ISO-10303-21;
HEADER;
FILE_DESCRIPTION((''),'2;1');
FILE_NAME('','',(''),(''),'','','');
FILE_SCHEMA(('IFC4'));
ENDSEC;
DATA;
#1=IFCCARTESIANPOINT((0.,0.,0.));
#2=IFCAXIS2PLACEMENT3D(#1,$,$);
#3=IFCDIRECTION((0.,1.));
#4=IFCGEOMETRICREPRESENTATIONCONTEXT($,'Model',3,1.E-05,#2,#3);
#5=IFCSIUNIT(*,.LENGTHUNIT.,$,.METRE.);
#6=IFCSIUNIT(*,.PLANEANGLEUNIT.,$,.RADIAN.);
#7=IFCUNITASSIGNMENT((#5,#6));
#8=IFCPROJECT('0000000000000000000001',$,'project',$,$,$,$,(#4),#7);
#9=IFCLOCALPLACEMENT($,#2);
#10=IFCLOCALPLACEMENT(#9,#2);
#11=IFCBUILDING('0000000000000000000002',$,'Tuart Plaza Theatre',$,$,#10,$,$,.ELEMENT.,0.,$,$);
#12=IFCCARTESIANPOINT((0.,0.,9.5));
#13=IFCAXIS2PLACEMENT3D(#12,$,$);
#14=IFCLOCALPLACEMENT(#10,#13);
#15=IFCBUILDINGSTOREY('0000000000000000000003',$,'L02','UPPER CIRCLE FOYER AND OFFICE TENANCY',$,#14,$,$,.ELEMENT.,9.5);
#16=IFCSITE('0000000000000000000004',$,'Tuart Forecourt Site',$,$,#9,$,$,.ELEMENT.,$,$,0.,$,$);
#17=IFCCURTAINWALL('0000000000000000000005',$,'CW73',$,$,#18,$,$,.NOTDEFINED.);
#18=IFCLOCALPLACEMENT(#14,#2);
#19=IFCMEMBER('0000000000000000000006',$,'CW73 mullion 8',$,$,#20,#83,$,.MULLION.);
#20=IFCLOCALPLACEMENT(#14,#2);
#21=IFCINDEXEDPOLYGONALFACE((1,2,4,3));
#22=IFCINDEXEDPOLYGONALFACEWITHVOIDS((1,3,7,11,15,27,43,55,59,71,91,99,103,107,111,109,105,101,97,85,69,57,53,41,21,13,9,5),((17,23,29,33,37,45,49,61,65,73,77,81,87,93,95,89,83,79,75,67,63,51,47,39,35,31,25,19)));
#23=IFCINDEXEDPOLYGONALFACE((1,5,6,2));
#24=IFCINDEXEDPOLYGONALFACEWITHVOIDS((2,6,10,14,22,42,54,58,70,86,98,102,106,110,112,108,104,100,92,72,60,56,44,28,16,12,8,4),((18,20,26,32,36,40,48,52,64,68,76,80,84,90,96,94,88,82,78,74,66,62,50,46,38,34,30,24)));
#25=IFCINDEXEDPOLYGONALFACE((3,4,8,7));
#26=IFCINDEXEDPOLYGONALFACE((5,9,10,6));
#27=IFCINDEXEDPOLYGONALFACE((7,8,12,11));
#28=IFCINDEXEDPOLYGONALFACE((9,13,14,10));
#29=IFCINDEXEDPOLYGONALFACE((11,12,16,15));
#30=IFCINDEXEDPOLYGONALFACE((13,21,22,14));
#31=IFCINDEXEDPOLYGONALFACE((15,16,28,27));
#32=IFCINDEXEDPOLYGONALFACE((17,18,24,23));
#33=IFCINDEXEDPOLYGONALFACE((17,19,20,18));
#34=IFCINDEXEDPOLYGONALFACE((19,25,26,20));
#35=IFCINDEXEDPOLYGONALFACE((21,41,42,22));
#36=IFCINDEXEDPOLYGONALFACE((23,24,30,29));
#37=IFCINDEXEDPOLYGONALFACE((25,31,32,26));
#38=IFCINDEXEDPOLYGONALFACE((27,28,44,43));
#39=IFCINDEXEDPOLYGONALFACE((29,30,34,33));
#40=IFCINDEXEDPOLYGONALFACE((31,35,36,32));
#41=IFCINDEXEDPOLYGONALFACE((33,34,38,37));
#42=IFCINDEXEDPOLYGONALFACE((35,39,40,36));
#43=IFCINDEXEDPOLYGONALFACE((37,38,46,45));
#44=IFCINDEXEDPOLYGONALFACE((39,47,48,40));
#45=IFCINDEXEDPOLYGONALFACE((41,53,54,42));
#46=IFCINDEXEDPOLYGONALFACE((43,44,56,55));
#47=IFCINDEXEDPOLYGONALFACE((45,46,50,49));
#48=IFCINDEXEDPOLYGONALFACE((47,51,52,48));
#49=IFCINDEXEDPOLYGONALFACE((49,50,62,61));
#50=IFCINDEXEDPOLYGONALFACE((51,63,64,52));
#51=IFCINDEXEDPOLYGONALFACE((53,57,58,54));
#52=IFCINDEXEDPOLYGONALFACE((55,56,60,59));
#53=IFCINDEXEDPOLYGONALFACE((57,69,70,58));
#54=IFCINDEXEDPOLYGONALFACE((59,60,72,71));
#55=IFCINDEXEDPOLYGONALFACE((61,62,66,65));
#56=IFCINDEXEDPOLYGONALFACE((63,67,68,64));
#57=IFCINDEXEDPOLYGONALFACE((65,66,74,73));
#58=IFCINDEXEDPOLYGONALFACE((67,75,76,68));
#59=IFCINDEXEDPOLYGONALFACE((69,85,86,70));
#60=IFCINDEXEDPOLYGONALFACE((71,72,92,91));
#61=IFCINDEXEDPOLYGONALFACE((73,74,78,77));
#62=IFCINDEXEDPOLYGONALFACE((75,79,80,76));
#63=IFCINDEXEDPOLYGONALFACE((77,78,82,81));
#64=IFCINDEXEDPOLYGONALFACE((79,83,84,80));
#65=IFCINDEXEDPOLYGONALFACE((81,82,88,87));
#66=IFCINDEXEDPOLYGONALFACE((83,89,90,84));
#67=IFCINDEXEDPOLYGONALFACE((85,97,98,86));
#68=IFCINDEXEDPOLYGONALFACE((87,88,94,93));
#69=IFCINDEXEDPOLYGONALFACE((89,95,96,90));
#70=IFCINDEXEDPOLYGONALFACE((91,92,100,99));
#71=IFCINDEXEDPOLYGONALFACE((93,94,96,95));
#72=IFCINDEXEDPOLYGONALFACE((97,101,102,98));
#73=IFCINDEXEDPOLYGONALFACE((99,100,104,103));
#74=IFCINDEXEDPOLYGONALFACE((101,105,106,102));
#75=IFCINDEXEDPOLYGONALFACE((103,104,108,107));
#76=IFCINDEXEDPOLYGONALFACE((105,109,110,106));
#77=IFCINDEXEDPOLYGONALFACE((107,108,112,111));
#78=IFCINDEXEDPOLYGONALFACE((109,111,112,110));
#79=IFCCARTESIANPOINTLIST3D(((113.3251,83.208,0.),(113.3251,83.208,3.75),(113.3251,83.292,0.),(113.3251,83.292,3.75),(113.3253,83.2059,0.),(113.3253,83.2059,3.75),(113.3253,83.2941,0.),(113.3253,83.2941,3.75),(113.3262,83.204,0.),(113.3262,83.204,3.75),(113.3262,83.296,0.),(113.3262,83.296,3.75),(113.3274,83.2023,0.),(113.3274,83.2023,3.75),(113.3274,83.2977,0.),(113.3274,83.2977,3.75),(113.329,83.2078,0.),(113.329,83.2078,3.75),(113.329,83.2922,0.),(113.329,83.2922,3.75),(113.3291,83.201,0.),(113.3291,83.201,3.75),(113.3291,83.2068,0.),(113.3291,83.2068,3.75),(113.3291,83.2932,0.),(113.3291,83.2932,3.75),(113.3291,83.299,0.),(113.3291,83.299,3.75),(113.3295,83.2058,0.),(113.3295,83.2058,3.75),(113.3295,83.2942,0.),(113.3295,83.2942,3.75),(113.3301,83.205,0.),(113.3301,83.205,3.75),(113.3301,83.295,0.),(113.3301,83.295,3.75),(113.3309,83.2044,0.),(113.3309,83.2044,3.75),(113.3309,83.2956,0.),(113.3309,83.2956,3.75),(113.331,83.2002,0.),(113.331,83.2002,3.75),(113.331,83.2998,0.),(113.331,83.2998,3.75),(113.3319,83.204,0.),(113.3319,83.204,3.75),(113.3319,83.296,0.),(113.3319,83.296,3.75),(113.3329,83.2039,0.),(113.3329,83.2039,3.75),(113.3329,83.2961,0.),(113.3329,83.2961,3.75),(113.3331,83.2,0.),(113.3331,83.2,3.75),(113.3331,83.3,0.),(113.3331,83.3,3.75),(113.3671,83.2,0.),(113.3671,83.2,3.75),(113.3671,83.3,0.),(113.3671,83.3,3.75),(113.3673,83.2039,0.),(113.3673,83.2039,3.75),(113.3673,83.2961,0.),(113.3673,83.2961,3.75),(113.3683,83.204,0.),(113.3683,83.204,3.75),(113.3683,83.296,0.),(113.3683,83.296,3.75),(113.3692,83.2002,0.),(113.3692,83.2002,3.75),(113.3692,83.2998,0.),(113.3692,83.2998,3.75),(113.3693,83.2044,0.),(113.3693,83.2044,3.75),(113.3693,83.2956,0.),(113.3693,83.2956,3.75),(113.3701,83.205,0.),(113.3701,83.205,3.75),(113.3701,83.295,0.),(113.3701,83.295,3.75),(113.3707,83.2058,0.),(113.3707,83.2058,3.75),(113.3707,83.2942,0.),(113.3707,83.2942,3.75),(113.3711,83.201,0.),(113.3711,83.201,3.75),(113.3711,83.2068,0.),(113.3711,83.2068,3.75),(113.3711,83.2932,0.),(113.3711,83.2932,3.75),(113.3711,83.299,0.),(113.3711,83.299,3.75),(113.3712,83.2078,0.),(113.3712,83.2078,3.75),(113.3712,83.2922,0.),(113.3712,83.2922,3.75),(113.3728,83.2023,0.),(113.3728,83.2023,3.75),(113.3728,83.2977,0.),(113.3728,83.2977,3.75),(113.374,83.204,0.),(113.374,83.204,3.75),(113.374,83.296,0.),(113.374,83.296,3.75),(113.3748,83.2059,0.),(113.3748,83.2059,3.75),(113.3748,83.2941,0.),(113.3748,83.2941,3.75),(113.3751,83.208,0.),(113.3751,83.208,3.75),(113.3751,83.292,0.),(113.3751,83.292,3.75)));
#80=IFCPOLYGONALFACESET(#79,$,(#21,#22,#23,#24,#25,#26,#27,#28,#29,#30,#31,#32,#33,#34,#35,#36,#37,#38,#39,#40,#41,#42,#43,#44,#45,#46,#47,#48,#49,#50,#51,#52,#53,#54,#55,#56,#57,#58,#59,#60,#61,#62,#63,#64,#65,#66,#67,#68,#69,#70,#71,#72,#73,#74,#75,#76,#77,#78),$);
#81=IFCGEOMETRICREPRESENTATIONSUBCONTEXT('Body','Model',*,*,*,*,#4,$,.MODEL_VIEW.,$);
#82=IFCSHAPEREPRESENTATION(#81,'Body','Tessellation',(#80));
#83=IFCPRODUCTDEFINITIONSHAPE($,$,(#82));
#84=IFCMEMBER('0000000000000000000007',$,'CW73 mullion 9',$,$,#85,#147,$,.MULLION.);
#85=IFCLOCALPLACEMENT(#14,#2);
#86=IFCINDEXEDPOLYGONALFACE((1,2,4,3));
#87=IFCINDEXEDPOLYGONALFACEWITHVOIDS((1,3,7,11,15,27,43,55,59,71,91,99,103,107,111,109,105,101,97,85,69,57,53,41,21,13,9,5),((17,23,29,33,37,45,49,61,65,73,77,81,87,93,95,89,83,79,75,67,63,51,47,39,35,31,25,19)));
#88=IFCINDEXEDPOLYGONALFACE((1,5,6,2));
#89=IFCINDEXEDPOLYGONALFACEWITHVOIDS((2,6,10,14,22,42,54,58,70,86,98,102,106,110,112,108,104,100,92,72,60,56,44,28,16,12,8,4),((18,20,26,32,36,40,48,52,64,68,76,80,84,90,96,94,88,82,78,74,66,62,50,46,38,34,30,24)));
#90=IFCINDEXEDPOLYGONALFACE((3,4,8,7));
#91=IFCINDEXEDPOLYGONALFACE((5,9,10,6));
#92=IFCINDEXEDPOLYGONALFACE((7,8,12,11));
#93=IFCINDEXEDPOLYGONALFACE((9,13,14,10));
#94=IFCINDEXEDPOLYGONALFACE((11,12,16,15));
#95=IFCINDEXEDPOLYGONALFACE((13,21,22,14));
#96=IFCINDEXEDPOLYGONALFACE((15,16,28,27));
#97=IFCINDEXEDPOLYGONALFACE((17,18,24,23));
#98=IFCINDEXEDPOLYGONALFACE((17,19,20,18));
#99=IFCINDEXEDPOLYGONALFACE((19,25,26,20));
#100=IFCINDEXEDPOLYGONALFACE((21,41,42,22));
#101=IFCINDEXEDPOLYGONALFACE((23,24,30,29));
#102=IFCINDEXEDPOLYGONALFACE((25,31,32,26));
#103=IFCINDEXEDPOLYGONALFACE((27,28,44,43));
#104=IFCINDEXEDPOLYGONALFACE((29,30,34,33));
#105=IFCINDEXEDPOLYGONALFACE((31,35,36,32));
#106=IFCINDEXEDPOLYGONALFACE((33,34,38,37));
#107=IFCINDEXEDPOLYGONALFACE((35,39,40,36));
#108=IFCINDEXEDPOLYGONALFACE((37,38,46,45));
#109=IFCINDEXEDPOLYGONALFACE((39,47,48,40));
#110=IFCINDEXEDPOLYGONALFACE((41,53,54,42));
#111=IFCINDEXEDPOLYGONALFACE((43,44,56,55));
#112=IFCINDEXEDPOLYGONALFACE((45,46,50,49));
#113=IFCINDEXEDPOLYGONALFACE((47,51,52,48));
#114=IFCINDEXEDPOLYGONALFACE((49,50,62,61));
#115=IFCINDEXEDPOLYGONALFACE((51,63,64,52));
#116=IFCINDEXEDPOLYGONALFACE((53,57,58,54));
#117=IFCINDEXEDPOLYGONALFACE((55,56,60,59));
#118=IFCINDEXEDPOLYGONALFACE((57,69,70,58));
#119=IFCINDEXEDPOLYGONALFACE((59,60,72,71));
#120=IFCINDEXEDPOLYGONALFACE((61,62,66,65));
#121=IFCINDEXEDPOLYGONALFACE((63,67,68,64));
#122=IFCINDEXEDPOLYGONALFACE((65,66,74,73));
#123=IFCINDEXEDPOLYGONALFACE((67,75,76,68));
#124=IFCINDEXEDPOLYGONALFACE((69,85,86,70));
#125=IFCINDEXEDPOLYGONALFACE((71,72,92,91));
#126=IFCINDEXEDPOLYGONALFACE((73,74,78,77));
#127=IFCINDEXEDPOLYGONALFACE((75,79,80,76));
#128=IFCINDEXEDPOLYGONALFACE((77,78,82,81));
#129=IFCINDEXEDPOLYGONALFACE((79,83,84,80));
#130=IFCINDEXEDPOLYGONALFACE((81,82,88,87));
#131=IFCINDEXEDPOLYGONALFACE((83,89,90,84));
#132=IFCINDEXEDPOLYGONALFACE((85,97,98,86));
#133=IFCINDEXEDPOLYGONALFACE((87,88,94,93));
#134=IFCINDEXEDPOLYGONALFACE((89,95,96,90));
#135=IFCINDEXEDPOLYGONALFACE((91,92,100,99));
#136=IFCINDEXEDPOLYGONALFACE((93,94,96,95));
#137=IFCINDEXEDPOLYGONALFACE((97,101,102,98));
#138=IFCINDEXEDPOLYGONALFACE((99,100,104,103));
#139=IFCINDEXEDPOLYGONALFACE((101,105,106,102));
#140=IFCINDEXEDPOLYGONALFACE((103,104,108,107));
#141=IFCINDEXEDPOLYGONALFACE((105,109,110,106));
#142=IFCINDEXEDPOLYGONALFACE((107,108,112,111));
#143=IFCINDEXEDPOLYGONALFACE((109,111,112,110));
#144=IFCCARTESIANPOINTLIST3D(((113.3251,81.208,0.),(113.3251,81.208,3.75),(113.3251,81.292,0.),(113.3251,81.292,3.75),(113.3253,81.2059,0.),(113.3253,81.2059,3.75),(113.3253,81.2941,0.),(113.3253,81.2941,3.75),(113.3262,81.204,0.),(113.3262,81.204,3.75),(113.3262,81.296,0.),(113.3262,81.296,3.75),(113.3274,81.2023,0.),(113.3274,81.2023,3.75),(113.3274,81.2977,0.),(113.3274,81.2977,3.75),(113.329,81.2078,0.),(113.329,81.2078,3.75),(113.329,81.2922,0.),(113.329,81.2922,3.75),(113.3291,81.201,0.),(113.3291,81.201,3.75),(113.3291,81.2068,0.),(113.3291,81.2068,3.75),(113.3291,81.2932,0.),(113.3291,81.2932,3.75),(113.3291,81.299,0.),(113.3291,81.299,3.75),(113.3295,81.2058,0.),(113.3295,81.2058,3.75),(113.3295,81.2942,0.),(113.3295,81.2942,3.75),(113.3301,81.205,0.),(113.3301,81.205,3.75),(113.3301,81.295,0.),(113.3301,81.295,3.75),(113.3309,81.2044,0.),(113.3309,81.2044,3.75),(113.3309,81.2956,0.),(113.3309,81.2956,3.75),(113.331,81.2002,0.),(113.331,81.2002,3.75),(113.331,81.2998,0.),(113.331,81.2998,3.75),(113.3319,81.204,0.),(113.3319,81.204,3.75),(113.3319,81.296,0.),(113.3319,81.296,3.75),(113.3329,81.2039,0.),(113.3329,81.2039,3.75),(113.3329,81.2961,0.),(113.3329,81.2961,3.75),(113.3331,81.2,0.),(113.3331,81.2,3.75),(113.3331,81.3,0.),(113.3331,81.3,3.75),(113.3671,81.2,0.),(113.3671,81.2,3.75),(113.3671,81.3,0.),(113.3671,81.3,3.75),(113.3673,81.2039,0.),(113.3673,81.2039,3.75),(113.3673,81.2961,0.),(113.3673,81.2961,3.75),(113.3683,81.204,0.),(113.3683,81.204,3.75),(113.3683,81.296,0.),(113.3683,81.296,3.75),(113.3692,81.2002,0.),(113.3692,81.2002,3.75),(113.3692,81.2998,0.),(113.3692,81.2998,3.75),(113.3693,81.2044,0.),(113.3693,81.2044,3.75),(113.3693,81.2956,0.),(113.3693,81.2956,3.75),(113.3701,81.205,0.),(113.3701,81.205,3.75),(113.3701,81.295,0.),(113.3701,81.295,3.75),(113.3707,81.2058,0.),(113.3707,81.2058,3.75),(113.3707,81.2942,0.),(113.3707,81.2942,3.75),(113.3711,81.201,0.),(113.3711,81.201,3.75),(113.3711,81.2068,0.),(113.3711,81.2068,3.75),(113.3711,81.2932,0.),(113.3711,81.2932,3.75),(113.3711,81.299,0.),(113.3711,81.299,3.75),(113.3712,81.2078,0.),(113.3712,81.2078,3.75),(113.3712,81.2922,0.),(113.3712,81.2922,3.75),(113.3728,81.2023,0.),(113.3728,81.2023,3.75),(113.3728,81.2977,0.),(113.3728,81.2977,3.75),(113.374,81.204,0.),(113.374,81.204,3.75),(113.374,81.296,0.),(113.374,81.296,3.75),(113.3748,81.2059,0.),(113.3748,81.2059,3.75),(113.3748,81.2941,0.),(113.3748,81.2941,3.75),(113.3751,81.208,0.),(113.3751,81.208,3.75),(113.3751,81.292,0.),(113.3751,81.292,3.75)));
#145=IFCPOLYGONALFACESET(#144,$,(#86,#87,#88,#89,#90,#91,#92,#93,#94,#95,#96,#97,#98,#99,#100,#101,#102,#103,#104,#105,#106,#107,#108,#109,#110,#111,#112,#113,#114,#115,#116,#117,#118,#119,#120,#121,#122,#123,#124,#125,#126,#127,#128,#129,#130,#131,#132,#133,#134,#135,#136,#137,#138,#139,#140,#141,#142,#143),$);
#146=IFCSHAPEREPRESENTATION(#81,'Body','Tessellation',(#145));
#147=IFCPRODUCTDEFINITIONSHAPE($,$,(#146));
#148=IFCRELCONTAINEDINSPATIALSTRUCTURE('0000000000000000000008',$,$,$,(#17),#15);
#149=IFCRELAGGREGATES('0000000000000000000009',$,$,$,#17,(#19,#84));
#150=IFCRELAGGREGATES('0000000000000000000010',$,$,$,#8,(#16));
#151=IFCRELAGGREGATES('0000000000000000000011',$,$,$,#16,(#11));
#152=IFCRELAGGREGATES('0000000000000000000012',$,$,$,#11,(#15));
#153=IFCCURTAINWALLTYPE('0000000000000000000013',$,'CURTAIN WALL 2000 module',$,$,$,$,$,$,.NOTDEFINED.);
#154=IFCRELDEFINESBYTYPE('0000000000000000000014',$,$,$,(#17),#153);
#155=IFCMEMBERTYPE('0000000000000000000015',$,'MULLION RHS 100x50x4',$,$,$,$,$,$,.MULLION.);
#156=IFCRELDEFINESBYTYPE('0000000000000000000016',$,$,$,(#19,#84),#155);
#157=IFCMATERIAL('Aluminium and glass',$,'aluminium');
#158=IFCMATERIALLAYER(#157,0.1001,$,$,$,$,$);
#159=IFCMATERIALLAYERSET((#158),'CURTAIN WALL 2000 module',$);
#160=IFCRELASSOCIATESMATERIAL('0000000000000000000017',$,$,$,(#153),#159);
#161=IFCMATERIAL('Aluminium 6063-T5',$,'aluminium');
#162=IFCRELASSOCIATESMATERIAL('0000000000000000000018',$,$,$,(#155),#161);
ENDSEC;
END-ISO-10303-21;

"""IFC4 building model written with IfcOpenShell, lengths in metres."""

from ifc_helpers import new_model, si_unit, direction, frame, origin, origin_2d, place, context, subcontext, project, spatial, hollow_rectangle, extrude, material, layer, layer_set, material_profile, profile_set, type_object, element, aggregate, save


model = new_model("IFC4")

# Units and contexts
model_context = context("Model", 3, precision=1e-05, world=origin(), true_north=direction((0.0, 1.0)))
body_context = subcontext(model_context, "Body", "Model", "MODEL_VIEW")
ifc_project = project(units=[si_unit("LENGTHUNIT", "METRE"), si_unit("PLANEANGLEUNIT", "RADIAN")], contexts=[model_context])

# Site, building, storey
site_placement = place(None, origin())
site = spatial("IfcSite", under=ifc_project, at=site_placement, Name="Tuart Forecourt Site", CompositionType="ELEMENT", RefElevation=0.0)
building_placement = place(site_placement, origin())
building = spatial("IfcBuilding", under=site, at=building_placement, Name="Tuart Plaza Theatre", CompositionType="ELEMENT", ElevationOfRefHeight=0.0)
storey_placement = place(building_placement, frame((0.0, 0.0, 9.5)))
storey = spatial("IfcBuildingStorey", under=building, at=storey_placement, Name="L02", Description="UPPER CIRCLE FOYER AND OFFICE TENANCY", CompositionType="ELEMENT", Elevation=9.5)

# Curtain wall, members
ifc_material_1 = material(Name="Aluminium and glass", Category="aluminium")
ifc_layer_1 = layer(ifc_material_1, 0.1001)
ifc_layer_set_1 = layer_set([ifc_layer_1], Name="CURTAIN WALL 2000 module")
curtain_wall_type = type_object("IfcCurtainWallType", Name="CURTAIN WALL 2000 module", PredefinedType="NOTDEFINED", material=ifc_layer_set_1)
curtain_wall_placement = place(storey_placement, origin())
curtain_wall = element("IfcCurtainWall", 1, at=curtain_wall_placement, inside=storey, type_object=curtain_wall_type, Name="CW73", PredefinedType="NOTDEFINED")
ifc_material_2 = material(Name="Aluminium 6063-T5", Category="aluminium")
ifc_material_profile_1 = material_profile(ifc_material_2, hollow_rectangle(XDim=0.05, YDim=0.1001, WallThickness=0.0039, InnerFilletRadius=0.0039, OuterFilletRadius=0.0081, at=origin_2d()), Name="RHS 100x50x4")
ifc_profile_set_1 = profile_set([ifc_material_profile_1], Name="Aluminium 6063-T5")
member_type_1 = type_object("IfcMemberType", Name="MULLION RHS 100x50x4", PredefinedType="MULLION", material=ifc_profile_set_1)
member_1_placement = place(storey_placement, frame((113.3501, 83.25, 0.0), z_axis=(0.0, 0.0, 1.0), x_axis=(1.0, 0.0, 0.0)))
member_1 = element("IfcMember", 2, at=member_1_placement, type_object=member_type_1, Name="CW73 mullion 8", PredefinedType="MULLION", context=body_context, shape_type="SweptSolid", body=[
    extrude(hollow_rectangle(XDim=0.05, YDim=0.1001, WallThickness=0.0039, InnerFilletRadius=0.0039, OuterFilletRadius=0.0081, at=origin_2d()), origin(), (0.0, 0.0, 1.0), 3.75),
])
member_2_placement = place(storey_placement, frame((113.3501, 81.25, 0.0), z_axis=(0.0, 0.0, 1.0), x_axis=(1.0, 0.0, 0.0)))
member_2 = element("IfcMember", 3, at=member_2_placement, type_object=member_type_1, Name="CW73 mullion 9", PredefinedType="MULLION", context=body_context, shape_type="SweptSolid", body=[
    extrude(hollow_rectangle(XDim=0.05, YDim=0.1001, WallThickness=0.0039, InnerFilletRadius=0.0039, OuterFilletRadius=0.0081, at=origin_2d()), origin(), (0.0, 0.0, 1.0), 3.75),
])
aggregate(curtain_wall, [member_1, member_2])

save(model, "model.ifc")
